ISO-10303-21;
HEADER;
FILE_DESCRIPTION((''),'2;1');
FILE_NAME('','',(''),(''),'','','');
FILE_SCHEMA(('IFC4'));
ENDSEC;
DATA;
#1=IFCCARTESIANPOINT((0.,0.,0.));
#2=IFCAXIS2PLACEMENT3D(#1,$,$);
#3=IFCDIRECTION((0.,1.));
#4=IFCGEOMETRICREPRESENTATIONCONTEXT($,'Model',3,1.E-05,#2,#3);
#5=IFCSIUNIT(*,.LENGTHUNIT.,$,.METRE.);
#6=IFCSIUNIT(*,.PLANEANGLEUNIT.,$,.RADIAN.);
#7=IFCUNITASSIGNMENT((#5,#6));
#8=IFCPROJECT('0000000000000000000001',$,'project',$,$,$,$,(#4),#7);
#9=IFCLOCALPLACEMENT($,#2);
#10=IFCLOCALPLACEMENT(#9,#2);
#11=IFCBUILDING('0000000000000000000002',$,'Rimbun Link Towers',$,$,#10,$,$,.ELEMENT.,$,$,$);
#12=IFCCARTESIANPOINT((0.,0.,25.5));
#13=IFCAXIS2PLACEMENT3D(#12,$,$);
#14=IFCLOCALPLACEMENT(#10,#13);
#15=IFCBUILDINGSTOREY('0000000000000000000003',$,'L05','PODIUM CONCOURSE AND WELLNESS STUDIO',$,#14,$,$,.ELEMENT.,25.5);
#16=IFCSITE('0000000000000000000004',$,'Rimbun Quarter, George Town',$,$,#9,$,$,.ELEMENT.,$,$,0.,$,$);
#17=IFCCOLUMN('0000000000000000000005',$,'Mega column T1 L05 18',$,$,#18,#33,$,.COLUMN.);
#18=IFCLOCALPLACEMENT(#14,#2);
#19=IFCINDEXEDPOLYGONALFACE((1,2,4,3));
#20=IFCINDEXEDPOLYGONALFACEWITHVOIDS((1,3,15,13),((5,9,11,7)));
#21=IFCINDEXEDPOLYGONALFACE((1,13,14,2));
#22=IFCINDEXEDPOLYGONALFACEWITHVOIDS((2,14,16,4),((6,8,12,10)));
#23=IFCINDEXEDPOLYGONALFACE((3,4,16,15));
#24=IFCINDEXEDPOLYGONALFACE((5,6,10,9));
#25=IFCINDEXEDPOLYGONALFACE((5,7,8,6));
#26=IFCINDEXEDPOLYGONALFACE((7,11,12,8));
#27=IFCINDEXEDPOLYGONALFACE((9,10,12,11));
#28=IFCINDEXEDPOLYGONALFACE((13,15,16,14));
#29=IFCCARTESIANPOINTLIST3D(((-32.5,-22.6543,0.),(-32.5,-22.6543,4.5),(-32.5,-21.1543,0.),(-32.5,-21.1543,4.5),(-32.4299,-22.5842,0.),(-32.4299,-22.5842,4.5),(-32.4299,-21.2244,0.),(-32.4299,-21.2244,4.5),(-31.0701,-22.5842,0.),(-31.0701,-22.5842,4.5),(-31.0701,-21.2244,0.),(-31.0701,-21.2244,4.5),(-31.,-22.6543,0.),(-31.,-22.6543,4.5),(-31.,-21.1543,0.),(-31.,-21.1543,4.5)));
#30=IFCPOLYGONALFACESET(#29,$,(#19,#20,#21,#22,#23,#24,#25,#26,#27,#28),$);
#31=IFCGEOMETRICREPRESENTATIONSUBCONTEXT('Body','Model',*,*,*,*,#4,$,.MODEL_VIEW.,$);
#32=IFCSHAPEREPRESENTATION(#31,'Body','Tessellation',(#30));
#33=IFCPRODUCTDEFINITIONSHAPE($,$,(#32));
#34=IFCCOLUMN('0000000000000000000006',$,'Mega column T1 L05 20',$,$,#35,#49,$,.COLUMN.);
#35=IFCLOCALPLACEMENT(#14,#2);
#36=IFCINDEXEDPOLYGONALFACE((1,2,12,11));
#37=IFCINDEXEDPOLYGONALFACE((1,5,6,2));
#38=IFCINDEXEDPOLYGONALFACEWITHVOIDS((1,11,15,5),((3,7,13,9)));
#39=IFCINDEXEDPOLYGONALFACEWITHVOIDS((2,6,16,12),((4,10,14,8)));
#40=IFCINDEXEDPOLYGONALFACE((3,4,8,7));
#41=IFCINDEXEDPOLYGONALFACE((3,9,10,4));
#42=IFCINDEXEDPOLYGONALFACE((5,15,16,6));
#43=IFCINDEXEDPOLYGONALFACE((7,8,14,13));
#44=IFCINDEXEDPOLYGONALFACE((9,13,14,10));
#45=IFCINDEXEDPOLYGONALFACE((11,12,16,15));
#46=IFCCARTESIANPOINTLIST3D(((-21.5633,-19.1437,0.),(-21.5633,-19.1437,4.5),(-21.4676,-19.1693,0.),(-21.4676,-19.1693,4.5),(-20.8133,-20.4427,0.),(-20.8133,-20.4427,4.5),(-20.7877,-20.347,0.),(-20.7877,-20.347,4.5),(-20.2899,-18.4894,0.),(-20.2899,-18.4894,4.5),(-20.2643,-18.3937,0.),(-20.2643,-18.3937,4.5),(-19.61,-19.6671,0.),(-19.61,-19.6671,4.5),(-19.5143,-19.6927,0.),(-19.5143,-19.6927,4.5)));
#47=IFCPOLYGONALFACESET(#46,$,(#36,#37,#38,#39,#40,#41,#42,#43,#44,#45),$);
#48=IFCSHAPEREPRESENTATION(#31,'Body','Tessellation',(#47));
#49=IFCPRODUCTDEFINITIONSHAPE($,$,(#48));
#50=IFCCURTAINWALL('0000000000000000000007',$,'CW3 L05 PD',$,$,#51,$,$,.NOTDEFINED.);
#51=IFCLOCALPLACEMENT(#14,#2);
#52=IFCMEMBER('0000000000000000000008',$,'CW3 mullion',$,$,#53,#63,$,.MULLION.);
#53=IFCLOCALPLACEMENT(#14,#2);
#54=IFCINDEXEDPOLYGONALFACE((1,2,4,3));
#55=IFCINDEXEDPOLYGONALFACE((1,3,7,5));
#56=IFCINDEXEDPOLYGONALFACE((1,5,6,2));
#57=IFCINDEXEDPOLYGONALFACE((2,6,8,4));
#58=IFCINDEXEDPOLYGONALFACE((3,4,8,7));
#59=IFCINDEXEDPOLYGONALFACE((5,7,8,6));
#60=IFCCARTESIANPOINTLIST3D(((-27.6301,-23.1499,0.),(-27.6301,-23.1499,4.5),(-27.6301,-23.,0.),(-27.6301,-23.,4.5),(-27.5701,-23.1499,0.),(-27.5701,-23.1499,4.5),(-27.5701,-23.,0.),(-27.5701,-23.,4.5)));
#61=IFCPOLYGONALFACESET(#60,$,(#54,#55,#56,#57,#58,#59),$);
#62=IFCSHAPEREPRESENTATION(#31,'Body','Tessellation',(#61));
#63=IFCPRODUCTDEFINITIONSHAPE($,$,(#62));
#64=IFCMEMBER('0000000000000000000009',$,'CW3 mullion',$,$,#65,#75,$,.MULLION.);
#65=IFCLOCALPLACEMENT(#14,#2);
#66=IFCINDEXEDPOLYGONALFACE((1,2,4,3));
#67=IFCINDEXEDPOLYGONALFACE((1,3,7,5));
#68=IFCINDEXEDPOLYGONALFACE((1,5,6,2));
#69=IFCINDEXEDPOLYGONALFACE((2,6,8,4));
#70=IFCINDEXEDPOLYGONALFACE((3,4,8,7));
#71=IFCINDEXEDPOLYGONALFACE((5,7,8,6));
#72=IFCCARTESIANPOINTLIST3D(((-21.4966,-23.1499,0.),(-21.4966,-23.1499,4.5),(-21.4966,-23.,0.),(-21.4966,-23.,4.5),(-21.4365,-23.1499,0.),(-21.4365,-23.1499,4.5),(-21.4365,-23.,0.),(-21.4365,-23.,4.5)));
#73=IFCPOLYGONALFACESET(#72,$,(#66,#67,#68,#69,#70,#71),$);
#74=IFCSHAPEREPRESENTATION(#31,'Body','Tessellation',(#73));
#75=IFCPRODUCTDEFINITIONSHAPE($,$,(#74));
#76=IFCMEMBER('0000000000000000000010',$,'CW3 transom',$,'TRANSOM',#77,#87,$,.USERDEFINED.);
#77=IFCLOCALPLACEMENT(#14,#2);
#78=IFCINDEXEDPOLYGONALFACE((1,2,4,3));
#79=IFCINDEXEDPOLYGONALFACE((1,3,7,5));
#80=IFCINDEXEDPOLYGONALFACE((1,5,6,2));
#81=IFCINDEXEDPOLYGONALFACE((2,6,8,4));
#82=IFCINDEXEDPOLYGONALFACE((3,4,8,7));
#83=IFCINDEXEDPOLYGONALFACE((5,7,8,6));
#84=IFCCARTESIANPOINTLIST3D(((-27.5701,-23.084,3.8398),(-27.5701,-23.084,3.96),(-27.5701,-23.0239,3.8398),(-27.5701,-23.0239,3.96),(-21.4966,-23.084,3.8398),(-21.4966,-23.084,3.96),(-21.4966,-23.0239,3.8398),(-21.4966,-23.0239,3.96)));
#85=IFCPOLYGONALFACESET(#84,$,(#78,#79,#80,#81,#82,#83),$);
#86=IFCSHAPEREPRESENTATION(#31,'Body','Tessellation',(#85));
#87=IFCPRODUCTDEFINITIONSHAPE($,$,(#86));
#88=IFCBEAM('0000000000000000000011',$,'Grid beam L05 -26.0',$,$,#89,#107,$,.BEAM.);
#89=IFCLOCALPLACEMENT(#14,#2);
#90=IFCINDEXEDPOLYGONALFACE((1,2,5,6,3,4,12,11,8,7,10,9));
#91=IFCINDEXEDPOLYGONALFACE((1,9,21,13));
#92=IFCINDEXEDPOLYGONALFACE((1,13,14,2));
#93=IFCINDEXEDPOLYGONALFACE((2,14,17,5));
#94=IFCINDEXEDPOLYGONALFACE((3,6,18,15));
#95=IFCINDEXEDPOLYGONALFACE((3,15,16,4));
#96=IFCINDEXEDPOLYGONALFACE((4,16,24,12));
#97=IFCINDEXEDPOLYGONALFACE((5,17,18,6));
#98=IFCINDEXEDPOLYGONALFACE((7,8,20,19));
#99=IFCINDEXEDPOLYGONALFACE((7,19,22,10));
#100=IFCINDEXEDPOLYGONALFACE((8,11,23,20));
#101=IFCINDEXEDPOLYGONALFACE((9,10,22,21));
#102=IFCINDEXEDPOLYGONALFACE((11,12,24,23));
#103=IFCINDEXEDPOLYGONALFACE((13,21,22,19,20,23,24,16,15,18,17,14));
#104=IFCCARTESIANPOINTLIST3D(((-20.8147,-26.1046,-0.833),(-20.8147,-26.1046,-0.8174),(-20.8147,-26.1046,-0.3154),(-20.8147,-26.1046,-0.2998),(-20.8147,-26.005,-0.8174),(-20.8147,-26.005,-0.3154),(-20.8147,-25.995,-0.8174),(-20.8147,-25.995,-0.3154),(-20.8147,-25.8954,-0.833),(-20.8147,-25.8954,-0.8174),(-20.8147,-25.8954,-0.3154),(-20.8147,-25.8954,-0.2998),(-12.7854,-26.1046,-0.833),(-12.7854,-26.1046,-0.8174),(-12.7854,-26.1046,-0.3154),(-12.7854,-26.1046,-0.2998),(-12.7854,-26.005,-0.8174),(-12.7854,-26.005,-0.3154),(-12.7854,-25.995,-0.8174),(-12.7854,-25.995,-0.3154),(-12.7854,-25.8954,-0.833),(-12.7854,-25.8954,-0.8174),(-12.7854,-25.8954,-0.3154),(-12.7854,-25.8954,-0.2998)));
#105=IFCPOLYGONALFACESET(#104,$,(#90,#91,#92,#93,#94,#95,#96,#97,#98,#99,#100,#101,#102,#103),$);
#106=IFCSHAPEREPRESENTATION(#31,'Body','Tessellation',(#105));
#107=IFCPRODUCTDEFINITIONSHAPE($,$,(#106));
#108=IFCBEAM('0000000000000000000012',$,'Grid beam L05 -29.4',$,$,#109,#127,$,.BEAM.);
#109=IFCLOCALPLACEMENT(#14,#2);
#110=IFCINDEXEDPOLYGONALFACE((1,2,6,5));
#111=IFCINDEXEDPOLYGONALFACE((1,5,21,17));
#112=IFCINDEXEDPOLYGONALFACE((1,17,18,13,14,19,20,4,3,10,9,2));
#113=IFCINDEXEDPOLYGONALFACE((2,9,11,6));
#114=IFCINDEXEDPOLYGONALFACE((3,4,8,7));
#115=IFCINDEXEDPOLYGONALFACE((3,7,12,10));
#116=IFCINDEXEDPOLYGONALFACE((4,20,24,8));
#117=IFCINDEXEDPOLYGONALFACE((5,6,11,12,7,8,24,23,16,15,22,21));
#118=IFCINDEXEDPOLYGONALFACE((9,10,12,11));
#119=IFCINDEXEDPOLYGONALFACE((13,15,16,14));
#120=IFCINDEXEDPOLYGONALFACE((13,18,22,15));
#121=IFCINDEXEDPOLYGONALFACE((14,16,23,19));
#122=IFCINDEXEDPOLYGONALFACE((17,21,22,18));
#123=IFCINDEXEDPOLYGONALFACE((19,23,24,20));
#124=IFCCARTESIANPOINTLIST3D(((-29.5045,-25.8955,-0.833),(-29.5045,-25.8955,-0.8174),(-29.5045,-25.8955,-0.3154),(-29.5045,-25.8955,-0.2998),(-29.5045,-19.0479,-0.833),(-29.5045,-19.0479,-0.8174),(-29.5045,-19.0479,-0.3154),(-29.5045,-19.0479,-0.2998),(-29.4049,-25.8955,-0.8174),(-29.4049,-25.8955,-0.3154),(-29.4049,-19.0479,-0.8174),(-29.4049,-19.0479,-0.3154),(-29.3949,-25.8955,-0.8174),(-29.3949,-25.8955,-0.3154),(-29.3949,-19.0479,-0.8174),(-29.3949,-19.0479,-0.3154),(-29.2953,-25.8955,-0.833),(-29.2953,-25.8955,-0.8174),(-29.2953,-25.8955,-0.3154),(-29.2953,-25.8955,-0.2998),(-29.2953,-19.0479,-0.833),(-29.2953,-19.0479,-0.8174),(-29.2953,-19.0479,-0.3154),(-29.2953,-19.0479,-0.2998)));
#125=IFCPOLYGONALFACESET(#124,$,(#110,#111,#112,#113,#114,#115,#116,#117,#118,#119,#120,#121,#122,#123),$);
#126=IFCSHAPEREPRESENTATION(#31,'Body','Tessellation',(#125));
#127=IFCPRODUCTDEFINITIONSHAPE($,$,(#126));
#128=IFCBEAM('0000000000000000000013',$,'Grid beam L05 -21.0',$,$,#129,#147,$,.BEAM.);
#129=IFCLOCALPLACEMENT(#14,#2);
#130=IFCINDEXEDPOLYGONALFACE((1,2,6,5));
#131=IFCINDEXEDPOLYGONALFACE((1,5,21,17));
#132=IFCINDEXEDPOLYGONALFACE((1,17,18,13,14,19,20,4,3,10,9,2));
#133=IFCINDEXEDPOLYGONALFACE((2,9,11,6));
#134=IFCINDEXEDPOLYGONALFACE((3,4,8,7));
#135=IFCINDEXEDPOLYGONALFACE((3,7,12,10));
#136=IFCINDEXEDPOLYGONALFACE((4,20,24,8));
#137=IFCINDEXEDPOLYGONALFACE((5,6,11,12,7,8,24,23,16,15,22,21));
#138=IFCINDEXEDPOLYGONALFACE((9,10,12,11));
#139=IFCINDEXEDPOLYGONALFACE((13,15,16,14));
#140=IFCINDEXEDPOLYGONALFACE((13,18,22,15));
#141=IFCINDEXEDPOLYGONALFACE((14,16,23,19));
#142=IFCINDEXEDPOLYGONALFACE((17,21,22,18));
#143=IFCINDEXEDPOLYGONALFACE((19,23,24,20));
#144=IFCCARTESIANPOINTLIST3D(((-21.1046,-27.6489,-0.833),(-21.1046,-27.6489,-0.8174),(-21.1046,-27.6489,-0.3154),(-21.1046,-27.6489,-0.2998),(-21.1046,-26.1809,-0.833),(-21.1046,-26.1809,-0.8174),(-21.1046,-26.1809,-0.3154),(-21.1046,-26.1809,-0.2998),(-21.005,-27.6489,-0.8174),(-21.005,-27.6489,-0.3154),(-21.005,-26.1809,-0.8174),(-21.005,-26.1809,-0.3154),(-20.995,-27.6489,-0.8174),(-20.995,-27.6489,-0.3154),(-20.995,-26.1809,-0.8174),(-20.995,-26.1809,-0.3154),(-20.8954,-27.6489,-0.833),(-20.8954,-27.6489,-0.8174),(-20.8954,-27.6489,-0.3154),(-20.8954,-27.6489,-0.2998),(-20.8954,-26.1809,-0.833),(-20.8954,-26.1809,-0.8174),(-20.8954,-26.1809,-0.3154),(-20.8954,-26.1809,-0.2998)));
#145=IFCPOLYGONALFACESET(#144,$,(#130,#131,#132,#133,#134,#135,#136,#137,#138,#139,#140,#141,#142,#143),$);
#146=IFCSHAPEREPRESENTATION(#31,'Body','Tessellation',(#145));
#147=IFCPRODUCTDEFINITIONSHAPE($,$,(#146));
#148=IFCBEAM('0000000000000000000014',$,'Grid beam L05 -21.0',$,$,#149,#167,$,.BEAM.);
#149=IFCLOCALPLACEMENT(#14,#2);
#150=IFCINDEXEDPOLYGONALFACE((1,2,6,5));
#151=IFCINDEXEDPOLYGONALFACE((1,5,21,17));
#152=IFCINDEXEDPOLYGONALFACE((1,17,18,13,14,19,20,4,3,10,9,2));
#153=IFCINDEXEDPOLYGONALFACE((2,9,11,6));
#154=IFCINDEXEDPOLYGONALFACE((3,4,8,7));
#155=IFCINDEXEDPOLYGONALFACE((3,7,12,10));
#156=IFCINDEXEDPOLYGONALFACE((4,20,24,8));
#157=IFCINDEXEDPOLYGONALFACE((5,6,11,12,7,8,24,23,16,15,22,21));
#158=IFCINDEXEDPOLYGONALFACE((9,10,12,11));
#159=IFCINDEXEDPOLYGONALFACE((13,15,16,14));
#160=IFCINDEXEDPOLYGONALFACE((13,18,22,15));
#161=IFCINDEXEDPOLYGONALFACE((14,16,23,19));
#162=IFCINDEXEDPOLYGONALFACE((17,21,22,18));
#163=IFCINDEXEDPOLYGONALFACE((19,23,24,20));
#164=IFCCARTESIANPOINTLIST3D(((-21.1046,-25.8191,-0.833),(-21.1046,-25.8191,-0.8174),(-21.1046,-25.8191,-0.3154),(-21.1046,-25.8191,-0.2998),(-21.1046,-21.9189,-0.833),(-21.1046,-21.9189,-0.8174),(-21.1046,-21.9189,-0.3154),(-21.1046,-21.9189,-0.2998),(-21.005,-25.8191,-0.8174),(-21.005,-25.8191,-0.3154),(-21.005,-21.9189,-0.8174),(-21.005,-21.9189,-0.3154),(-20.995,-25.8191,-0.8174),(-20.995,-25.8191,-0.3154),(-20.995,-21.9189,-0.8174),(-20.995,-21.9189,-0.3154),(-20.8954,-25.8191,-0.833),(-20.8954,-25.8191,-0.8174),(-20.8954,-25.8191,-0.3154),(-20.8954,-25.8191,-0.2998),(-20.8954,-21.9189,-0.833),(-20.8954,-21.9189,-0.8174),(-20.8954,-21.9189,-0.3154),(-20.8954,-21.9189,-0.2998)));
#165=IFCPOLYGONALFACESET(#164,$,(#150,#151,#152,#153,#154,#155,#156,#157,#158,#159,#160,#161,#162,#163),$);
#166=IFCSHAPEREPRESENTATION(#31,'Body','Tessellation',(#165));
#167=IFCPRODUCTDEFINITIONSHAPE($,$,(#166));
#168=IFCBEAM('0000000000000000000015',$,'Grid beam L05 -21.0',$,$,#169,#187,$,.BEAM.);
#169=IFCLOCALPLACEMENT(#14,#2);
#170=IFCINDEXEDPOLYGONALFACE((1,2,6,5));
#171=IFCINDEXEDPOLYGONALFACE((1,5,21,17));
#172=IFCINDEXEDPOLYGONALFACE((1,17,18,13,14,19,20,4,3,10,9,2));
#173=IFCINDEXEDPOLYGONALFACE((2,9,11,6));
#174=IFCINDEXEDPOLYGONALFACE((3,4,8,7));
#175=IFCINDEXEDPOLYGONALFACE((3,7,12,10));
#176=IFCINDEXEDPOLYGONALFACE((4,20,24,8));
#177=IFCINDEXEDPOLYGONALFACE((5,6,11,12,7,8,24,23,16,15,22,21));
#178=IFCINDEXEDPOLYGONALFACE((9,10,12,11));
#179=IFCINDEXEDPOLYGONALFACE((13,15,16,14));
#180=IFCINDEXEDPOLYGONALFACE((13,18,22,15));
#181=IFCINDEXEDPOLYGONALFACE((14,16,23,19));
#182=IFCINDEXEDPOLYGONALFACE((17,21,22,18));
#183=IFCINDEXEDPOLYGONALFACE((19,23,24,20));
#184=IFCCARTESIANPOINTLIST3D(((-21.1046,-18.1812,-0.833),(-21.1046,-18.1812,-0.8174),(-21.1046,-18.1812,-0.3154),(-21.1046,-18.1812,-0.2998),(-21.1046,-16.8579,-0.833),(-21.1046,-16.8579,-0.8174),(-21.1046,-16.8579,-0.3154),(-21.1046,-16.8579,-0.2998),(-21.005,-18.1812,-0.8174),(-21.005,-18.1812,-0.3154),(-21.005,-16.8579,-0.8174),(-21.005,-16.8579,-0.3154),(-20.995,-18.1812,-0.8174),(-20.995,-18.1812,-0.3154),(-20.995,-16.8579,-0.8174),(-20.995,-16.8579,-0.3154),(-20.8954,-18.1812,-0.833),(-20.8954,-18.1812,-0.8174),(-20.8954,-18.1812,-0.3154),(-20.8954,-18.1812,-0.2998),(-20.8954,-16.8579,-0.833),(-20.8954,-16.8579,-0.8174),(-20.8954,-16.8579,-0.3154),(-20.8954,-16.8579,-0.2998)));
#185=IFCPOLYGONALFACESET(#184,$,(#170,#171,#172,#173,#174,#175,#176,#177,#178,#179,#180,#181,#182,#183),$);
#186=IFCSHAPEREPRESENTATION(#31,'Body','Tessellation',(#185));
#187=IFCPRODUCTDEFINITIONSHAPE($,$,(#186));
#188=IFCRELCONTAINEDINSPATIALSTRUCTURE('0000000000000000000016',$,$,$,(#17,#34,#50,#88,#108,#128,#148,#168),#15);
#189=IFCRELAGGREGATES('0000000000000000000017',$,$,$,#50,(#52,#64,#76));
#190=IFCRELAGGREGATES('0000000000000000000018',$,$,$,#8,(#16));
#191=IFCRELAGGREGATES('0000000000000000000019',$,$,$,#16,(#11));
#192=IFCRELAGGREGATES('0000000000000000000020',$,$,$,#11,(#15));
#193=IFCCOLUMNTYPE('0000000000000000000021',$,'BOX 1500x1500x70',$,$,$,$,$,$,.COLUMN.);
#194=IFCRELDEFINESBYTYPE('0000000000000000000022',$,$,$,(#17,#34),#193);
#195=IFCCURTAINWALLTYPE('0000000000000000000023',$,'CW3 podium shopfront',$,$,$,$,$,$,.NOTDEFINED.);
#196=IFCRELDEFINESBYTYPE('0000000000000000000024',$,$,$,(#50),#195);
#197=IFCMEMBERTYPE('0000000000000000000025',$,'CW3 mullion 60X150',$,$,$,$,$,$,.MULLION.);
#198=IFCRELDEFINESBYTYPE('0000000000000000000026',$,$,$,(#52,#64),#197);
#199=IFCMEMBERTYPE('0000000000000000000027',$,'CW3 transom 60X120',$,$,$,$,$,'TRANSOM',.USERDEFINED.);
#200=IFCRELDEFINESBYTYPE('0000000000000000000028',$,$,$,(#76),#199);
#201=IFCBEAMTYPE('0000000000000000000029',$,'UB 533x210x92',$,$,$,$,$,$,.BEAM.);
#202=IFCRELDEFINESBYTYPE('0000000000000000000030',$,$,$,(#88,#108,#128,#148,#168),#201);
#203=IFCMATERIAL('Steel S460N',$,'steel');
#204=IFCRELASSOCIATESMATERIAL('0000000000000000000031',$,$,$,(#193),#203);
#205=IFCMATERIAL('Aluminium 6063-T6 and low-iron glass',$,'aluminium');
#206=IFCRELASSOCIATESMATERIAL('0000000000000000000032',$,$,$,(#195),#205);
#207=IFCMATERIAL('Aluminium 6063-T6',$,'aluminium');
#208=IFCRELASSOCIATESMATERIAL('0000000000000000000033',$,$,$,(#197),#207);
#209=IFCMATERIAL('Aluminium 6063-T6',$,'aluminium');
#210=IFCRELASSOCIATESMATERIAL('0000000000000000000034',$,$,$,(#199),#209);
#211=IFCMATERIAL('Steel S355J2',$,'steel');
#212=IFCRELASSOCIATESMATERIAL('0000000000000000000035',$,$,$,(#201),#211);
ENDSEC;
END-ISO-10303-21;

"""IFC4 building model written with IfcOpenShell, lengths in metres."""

from ifc_helpers import new_model, si_unit, direction, frame, origin, origin_2d, place, context, subcontext, project, spatial, rectangle, hollow_rectangle, i_section, extrude, material, material_profile, profile_set, type_object, element, aggregate, save


model = new_model("IFC4")

# Units and contexts
model_context = context("Model", 3, precision=1e-05, world=origin(), true_north=direction((0.0, 1.0)))
body_context = subcontext(model_context, "Body", "Model", "MODEL_VIEW")
ifc_project = project(units=[si_unit("LENGTHUNIT", "METRE"), si_unit("PLANEANGLEUNIT", "RADIAN")], contexts=[model_context])

# Site, building, storey
site_placement = place(None, origin())
site = spatial("IfcSite", under=ifc_project, at=site_placement, Name="Rimbun Quarter, George Town", CompositionType="ELEMENT", RefElevation=0.0)
building_placement = place(site_placement, origin())
building = spatial("IfcBuilding", under=site, at=building_placement, Name="Rimbun Link Towers", CompositionType="ELEMENT")
storey_placement = place(building_placement, frame((0.0, 0.0, 25.5)))
storey = spatial("IfcBuildingStorey", under=building, at=storey_placement, Name="L05", Description="PODIUM CONCOURSE AND WELLNESS STUDIO", CompositionType="ELEMENT", Elevation=25.5)

# Columns
ifc_material_1 = material(Name="Steel S460N", Category="steel")
ifc_material_profile_1 = material_profile(ifc_material_1, hollow_rectangle(XDim=1.5, YDim=1.5, WallThickness=0.0701, at=origin_2d()), Name="BOX 1500x1500x70")
ifc_profile_set_1 = profile_set([ifc_material_profile_1], Name="Steel S460N")
column_type = type_object("IfcColumnType", Name="BOX 1500x1500x70", PredefinedType="COLUMN", material=ifc_profile_set_1)
for number, where, z_axis, x_axis, name in (
    (1, (-31.75, -21.9043, 0.0), (0.0, 0.0, 1.0), (0.0, -1.0, 0.0), "Mega column T1 L05 18"),
    (2, (-20.5388, -19.4182, 0.0), (0.0, 0.0, 1.0), (0.5, -0.866025, 0.0), "Mega column T1 L05 20"),
):
    element("IfcColumn", number, at=place(storey_placement, frame(where, z_axis=z_axis, x_axis=x_axis)), inside=storey, type_object=column_type, Name=name, PredefinedType="COLUMN", context=body_context, shape_type="SweptSolid", body=[
        extrude(hollow_rectangle(XDim=1.5, YDim=1.5, WallThickness=0.0701, at=origin_2d()), origin(), (0.0, 0.0, 1.0), 4.5),
    ])

# Curtain wall, members
ifc_material_2 = material(Name="Aluminium 6063-T6 and low-iron glass", Category="aluminium")
curtain_wall_type = type_object("IfcCurtainWallType", Name="CW3 podium shopfront", PredefinedType="NOTDEFINED", material=ifc_material_2)
curtain_wall_placement = place(storey_placement, origin())
curtain_wall = element("IfcCurtainWall", 3, at=curtain_wall_placement, inside=storey, type_object=curtain_wall_type, Name="CW3 L05 PD", PredefinedType="NOTDEFINED")
ifc_material_3 = material(Name="Aluminium 6063-T6", Category="aluminium")
ifc_material_profile_2 = material_profile(ifc_material_3, rectangle(XDim=0.1499, YDim=0.0601, at=origin_2d()), Name="MULLION 60X150")
ifc_profile_set_2 = profile_set([ifc_material_profile_2], Name="Aluminium 6063-T6")
member_type_1 = type_object("IfcMemberType", Name="CW3 mullion 60X150", PredefinedType="MULLION", material=ifc_profile_set_2)
member_1_placement = place(storey_placement, frame((-27.6001, -23.075, 0.0), z_axis=(0.0, 0.0, 1.0), x_axis=(0.0, -1.0, 0.0)))
member_1 = element("IfcMember", 4, at=member_1_placement, type_object=member_type_1, Name="CW3 mullion", PredefinedType="MULLION", context=body_context, shape_type="SweptSolid", body=[
    extrude(rectangle(XDim=0.1499, YDim=0.0601, at=origin_2d()), origin(), (0.0, 0.0, 1.0), 4.5),
])
member_2_placement = place(storey_placement, frame((-21.4666, -23.075, 0.0), z_axis=(0.0, 0.0, 1.0), x_axis=(0.0, -1.0, 0.0)))
member_2 = element("IfcMember", 5, at=member_2_placement, type_object=member_type_1, Name="CW3 mullion", PredefinedType="MULLION", context=body_context, shape_type="SweptSolid", body=[
    extrude(rectangle(XDim=0.1499, YDim=0.0601, at=origin_2d()), origin(), (0.0, 0.0, 1.0), 4.5),
])
ifc_material_4 = material(Name="Aluminium 6063-T6", Category="aluminium")
ifc_material_profile_3 = material_profile(ifc_material_4, rectangle(XDim=0.0601, YDim=0.1201, at=origin_2d()), Name="TRANSOM 60X120")
ifc_profile_set_3 = profile_set([ifc_material_profile_3], Name="Aluminium 6063-T6")
member_type_2 = type_object("IfcMemberType", Name="CW3 transom 60X120", ElementType="TRANSOM", PredefinedType="USERDEFINED", material=ifc_profile_set_3)
member_3_placement = place(storey_placement, frame((-21.4966, -23.054, 3.8999), z_axis=(-1.0, 0.0, 0.0), x_axis=(0.0, -1.0, 0.0)))
member_3 = element("IfcMember", 6, at=member_3_placement, type_object=member_type_2, Name="CW3 transom", ObjectType="TRANSOM", PredefinedType="USERDEFINED", context=body_context, shape_type="SweptSolid", body=[
    extrude(rectangle(XDim=0.0601, YDim=0.1201, at=origin_2d()), origin(), (0.0, 0.0, 1.0), 6.0735),
])

# Beams
ifc_material_5 = material(Name="Steel S355J2", Category="steel")
ifc_material_profile_4 = material_profile(ifc_material_5, i_section(OverallWidth=0.2092, OverallDepth=0.5332, WebThickness=0.01, FlangeThickness=0.0156, at=origin_2d()), Name="UB 533x210x92")
ifc_profile_set_4 = profile_set([ifc_material_profile_4], Name="Steel S355J2")
beam_type_1 = type_object("IfcBeamType", Name="UB 533x210x92", PredefinedType="BEAM", material=ifc_profile_set_4)
beam_1_placement = place(storey_placement, frame((-20.8147, -26.0, -0.5664), z_axis=(1.0, 0.0, 0.0), x_axis=(0.0, 1.0, 0.0)))
element("IfcBeam", 7, at=beam_1_placement, inside=storey, type_object=beam_type_1, Name="Grid beam L05 -26.0", PredefinedType="BEAM", context=body_context, shape_type="SweptSolid", body=[
    extrude(i_section(OverallWidth=0.2092, OverallDepth=0.5332, WebThickness=0.01, FlangeThickness=0.0156, at=origin_2d()), origin(), (0.0, 0.0, 1.0), 8.0293),
])
beam_2_placement = place(storey_placement, frame((-29.3999, -25.8955, -0.5664), z_axis=(0.0, 1.0, 0.0), x_axis=(-1.0, 0.0, 0.0)))
element("IfcBeam", 8, at=beam_2_placement, inside=storey, type_object=beam_type_1, Name="Grid beam L05 -29.4", PredefinedType="BEAM", context=body_context, shape_type="SweptSolid", body=[
    extrude(i_section(OverallWidth=0.2092, OverallDepth=0.5332, WebThickness=0.01, FlangeThickness=0.0156, at=origin_2d()), origin(), (0.0, 0.0, 1.0), 6.8477),
])
beam_3_placement = place(storey_placement, frame((-21.0, -27.6489, -0.5664), z_axis=(0.0, 1.0, 0.0), x_axis=(-1.0, 0.0, 0.0)))
element("IfcBeam", 9, at=beam_3_placement, inside=storey, type_object=beam_type_1, Name="Grid beam L05 -21.0", PredefinedType="BEAM", context=body_context, shape_type="SweptSolid", body=[
    extrude(i_section(OverallWidth=0.2092, OverallDepth=0.5332, WebThickness=0.01, FlangeThickness=0.0156, at=origin_2d()), origin(), (0.0, 0.0, 1.0), 1.468),
])
beam_4_placement = place(storey_placement, frame((-21.0, -25.8191, -0.5664), z_axis=(0.0, 1.0, 0.0), x_axis=(-1.0, 0.0, 0.0)))
element("IfcBeam", 10, at=beam_4_placement, inside=storey, type_object=beam_type_1, Name="Grid beam L05 -21.0", PredefinedType="BEAM", context=body_context, shape_type="SweptSolid", body=[
    extrude(i_section(OverallWidth=0.2092, OverallDepth=0.5332, WebThickness=0.01, FlangeThickness=0.0156, at=origin_2d()), origin(), (0.0, 0.0, 1.0), 3.9001),
])
beam_5_placement = place(storey_placement, frame((-21.0, -18.1812, -0.5664), z_axis=(0.0, 1.0, 0.0), x_axis=(-1.0, 0.0, 0.0)))
element("IfcBeam", 11, at=beam_5_placement, inside=storey, type_object=beam_type_1, Name="Grid beam L05 -21.0", PredefinedType="BEAM", context=body_context, shape_type="SweptSolid", body=[
    extrude(i_section(OverallWidth=0.2092, OverallDepth=0.5332, WebThickness=0.01, FlangeThickness=0.0156, at=origin_2d()), origin(), (0.0, 0.0, 1.0), 1.3232),
])

aggregate(curtain_wall, [member_1, member_2, member_3])

save(model, "model.ifc")
